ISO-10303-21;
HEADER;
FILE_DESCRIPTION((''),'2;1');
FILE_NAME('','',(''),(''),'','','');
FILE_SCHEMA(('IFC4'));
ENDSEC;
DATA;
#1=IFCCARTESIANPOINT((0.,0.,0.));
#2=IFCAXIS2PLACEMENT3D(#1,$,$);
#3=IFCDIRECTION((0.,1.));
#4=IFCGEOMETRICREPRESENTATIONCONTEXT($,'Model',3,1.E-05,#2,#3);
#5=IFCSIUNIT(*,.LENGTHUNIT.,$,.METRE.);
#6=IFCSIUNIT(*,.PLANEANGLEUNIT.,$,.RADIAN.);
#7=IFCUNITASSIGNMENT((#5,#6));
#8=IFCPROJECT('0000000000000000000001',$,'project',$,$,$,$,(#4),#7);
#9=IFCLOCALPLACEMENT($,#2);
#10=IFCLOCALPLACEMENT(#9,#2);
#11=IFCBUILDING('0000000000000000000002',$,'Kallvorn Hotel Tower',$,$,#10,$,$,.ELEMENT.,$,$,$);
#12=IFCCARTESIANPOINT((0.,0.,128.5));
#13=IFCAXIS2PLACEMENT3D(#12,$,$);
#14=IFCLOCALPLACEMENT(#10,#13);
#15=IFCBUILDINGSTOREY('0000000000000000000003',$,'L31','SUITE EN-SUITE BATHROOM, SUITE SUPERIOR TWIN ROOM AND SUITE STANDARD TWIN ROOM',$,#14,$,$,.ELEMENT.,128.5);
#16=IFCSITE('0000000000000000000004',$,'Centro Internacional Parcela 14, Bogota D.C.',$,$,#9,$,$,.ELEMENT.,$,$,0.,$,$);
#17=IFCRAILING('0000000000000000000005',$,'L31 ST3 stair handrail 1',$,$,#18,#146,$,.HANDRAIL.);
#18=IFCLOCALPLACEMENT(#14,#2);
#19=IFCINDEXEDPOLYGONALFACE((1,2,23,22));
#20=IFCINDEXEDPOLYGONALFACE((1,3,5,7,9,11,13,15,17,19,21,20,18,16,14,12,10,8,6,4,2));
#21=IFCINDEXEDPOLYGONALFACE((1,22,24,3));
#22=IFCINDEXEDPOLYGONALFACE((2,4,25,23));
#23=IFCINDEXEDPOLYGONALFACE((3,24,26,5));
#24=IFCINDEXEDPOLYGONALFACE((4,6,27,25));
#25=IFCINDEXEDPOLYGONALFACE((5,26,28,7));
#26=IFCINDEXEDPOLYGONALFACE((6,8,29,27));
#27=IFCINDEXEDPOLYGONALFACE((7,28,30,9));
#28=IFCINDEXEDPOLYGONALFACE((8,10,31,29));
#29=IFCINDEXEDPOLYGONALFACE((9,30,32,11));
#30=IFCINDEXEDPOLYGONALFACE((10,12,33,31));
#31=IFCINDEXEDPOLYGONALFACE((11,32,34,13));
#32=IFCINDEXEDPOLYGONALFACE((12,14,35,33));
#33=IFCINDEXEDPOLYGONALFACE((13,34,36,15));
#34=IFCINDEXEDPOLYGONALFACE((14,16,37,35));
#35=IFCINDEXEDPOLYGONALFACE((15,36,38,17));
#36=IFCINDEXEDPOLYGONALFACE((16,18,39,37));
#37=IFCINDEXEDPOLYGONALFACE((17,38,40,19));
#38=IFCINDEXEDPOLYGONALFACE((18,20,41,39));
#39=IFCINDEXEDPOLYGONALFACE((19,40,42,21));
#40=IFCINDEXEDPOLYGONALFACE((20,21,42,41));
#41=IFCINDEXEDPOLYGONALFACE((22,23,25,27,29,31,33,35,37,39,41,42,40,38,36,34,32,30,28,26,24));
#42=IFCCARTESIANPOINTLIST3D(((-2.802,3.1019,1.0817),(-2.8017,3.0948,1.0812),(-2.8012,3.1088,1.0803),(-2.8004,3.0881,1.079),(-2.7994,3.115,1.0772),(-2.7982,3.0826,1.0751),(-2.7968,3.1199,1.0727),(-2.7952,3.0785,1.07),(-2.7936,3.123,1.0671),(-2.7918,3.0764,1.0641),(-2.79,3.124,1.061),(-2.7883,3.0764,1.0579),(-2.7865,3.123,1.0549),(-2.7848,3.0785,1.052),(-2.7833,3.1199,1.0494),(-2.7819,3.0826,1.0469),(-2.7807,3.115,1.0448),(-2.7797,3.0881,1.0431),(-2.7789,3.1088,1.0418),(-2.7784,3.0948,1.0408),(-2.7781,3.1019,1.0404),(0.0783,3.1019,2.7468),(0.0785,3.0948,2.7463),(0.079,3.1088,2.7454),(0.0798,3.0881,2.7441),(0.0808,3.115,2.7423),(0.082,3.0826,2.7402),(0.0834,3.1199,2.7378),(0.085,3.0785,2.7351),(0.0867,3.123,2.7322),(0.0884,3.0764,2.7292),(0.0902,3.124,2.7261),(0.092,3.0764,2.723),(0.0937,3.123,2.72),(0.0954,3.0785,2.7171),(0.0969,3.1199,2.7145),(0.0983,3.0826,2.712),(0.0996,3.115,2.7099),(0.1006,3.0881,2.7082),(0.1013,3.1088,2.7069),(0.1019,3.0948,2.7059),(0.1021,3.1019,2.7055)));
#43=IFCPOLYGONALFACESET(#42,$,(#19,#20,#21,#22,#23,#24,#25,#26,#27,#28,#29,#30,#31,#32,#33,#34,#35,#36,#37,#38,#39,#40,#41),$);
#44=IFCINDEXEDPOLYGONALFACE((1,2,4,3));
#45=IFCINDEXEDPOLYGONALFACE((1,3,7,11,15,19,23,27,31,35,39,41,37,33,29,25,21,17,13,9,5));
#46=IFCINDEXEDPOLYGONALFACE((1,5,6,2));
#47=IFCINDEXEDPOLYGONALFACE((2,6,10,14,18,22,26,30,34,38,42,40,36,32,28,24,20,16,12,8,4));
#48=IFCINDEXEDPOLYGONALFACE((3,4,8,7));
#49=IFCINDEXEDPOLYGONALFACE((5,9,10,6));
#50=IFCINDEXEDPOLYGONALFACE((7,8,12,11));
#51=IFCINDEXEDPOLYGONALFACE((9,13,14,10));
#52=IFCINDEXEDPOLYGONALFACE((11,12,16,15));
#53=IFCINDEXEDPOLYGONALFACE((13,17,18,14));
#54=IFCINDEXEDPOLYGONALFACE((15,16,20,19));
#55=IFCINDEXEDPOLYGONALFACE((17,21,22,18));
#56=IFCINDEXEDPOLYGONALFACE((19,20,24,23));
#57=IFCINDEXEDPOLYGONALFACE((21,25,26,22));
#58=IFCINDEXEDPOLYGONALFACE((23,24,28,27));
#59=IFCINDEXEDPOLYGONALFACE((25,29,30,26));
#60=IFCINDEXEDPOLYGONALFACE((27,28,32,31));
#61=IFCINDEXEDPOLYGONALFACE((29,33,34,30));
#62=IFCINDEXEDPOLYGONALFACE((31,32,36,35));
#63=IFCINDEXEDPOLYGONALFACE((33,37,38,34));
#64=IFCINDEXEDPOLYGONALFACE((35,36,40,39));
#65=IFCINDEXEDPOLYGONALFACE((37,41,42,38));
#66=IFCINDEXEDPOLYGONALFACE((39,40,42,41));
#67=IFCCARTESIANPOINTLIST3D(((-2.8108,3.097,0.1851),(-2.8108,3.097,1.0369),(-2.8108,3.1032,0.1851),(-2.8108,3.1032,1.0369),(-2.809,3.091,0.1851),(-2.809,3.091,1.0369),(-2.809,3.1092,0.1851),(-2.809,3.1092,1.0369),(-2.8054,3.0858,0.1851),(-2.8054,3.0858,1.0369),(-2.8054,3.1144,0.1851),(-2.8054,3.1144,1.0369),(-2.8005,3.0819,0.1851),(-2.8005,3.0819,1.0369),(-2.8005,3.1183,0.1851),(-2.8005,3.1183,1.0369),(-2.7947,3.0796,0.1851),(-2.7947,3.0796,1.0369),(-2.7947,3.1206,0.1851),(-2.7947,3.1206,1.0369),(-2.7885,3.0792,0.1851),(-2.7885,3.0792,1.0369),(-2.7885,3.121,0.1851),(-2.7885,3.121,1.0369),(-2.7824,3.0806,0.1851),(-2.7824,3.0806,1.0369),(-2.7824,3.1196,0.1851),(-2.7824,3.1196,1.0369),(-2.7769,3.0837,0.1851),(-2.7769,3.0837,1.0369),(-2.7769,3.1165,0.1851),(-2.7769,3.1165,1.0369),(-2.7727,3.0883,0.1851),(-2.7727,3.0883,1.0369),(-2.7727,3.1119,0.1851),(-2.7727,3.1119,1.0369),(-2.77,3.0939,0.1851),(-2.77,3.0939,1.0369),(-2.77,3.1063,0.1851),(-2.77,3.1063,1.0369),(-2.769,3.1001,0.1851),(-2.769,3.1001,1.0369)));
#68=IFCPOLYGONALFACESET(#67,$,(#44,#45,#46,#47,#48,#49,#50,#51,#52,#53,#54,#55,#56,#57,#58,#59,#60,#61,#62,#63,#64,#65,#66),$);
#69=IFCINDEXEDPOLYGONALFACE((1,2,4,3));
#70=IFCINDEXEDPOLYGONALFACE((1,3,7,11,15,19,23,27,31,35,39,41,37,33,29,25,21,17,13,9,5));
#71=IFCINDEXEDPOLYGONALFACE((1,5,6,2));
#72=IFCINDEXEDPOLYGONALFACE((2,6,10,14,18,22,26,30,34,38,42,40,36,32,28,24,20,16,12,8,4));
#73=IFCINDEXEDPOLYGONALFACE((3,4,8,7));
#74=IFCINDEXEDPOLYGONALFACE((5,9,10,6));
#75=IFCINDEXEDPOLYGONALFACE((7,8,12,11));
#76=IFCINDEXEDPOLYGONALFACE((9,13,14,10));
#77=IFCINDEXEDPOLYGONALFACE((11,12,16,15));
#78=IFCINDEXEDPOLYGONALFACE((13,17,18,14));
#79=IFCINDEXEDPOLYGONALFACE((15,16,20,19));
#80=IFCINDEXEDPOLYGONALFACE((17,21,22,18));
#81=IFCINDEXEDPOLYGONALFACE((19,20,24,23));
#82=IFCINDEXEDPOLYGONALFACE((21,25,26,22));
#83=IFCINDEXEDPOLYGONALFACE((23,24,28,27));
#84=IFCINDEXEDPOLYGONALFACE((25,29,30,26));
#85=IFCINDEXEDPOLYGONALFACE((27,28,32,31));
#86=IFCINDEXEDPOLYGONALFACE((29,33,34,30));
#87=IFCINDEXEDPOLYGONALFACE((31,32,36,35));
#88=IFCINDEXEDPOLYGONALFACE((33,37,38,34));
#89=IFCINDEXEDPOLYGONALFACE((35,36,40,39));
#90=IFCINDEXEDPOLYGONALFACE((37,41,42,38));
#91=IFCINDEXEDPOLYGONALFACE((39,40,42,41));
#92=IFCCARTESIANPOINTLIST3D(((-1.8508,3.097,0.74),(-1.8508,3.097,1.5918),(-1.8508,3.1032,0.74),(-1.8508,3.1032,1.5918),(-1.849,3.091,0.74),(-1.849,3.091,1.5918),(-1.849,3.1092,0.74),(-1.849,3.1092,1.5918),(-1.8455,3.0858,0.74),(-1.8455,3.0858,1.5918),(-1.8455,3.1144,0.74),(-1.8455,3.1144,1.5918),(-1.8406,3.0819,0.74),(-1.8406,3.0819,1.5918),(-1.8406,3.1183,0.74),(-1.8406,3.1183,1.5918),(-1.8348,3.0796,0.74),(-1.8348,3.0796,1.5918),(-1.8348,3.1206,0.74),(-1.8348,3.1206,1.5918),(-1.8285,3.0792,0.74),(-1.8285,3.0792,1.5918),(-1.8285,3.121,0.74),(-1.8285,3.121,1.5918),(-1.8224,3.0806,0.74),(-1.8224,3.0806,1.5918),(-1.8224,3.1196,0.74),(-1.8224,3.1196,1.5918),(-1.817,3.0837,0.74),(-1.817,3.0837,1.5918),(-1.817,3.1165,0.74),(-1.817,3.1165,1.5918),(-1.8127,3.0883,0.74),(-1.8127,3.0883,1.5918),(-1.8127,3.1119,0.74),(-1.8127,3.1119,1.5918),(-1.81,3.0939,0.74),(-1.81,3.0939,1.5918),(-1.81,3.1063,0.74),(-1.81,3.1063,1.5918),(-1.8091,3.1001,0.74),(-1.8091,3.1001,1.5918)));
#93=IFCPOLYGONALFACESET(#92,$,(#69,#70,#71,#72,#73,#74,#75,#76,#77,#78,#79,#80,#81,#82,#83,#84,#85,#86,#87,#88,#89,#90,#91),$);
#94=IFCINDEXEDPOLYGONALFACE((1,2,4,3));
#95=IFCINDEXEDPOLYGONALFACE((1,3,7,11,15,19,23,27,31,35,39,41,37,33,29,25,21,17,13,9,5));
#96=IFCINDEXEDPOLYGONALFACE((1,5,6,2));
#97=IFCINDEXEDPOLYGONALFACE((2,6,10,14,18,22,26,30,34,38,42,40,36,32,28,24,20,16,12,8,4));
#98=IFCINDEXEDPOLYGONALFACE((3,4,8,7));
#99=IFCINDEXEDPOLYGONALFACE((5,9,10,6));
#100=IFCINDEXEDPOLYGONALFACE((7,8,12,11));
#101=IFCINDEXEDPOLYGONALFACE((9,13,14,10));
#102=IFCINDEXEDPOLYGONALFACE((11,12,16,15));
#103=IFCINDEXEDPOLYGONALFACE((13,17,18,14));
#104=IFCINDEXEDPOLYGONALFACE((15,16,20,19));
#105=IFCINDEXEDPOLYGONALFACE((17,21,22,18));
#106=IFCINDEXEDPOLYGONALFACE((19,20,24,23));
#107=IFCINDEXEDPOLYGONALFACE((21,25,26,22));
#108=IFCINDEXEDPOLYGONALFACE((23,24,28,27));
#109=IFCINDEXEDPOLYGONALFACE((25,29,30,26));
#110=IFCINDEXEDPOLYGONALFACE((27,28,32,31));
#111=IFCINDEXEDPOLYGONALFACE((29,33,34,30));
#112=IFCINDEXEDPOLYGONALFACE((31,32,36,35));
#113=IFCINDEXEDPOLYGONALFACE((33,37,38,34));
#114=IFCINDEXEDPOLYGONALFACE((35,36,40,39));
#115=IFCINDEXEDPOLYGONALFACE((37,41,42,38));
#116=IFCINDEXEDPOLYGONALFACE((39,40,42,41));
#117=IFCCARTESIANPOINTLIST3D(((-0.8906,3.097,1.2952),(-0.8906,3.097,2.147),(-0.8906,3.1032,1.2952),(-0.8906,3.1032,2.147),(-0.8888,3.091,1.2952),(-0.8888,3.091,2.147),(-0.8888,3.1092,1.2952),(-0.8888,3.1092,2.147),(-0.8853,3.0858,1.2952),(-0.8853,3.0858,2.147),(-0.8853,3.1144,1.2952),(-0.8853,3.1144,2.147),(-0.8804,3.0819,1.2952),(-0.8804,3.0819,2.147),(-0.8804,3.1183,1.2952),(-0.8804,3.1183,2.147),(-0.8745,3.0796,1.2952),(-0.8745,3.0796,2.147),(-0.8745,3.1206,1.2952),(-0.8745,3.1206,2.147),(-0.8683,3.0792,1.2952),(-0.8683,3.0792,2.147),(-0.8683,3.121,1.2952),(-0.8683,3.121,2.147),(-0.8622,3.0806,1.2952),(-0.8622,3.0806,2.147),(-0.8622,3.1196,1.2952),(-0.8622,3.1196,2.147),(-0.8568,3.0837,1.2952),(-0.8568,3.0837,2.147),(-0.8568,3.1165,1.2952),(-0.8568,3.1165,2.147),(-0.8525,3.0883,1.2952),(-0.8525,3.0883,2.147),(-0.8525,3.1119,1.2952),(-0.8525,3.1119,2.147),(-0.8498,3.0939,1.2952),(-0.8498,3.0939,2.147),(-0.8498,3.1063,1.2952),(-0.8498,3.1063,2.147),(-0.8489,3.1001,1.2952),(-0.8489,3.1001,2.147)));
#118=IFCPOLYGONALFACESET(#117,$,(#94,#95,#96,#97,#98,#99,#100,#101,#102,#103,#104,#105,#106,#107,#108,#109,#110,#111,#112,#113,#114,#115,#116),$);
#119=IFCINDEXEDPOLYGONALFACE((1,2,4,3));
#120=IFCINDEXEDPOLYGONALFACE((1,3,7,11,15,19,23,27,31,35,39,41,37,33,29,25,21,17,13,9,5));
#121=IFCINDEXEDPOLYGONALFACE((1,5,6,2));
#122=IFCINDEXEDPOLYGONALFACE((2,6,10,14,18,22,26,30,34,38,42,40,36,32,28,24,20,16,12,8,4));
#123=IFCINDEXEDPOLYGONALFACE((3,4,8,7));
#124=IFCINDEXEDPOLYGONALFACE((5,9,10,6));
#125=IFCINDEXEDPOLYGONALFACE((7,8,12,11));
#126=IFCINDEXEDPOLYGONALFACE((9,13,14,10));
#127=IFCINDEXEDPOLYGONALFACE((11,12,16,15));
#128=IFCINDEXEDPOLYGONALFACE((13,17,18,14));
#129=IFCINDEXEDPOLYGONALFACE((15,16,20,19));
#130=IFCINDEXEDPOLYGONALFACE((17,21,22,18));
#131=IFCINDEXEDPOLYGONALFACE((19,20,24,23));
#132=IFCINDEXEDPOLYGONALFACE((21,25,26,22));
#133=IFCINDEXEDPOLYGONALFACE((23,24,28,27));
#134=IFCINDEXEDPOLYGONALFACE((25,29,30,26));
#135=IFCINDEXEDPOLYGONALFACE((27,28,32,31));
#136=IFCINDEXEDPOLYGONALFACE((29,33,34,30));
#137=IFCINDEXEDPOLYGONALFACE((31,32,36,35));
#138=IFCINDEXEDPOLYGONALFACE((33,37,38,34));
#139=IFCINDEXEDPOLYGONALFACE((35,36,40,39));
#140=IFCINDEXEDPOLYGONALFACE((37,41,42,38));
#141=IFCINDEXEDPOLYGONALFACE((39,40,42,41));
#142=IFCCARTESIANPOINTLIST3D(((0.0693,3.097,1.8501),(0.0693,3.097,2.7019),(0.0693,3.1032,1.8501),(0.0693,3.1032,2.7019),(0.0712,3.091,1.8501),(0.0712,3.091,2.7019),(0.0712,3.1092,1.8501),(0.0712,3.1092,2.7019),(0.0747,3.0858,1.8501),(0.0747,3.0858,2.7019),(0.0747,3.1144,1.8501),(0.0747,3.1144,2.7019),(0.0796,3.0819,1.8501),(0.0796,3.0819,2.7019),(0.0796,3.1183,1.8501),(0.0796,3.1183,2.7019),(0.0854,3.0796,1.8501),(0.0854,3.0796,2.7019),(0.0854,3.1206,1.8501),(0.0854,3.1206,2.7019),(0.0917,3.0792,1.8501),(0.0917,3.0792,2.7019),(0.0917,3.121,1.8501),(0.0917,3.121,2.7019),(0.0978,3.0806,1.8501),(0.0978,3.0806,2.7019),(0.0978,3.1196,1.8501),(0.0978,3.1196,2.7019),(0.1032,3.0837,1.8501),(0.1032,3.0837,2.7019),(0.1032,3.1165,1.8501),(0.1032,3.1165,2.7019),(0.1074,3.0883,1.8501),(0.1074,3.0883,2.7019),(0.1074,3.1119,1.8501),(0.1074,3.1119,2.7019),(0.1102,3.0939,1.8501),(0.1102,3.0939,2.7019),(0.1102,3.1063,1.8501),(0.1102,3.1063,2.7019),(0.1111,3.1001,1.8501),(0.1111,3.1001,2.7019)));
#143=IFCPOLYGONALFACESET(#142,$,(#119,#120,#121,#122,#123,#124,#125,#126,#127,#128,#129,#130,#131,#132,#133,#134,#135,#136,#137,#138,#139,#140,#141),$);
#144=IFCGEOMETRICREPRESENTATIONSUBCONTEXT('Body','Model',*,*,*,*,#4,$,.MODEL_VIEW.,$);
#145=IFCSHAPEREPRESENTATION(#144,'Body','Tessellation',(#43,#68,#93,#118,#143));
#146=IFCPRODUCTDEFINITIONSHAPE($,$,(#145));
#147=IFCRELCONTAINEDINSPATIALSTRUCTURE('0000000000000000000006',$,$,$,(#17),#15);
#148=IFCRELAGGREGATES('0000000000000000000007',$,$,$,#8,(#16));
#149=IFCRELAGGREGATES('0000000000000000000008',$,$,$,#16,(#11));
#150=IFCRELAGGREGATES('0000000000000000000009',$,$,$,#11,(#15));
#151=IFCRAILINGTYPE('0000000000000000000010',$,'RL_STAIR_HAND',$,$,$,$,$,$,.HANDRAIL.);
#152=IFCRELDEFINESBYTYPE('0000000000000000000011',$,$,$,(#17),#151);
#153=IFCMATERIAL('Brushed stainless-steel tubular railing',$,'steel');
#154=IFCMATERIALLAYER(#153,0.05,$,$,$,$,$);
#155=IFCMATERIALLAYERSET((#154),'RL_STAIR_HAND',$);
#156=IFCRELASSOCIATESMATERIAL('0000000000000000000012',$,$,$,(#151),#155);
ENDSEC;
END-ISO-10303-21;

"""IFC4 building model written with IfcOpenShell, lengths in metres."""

from ifc_helpers import new_model, si_unit, direction, frame, origin, origin_2d, place, context, subcontext, project, spatial, circle, extrude, material, layer, layer_set, type_object, element, save


model = new_model("IFC4")

# Units and contexts
model_context = context("Model", 3, precision=1e-05, world=origin(), true_north=direction((0.0, 1.0)))
body_context = subcontext(model_context, "Body", "Model", "MODEL_VIEW")
ifc_project = project(units=[si_unit("LENGTHUNIT", "METRE"), si_unit("PLANEANGLEUNIT", "RADIAN")], contexts=[model_context])

# Site, building, storey
site_placement = place(None, origin())
site = spatial("IfcSite", under=ifc_project, at=site_placement, Name="Centro Internacional Parcela 14, Bogota D.C.", CompositionType="ELEMENT", RefElevation=0.0)
building_placement = place(site_placement, origin())
building = spatial("IfcBuilding", under=site, at=building_placement, Name="Kallvorn Hotel Tower", CompositionType="ELEMENT")
storey_placement = place(building_placement, frame((0.0, 0.0, 128.5)))
storey = spatial("IfcBuildingStorey", under=building, at=storey_placement, Name="L31", Description="SUITE EN-SUITE BATHROOM, SUITE SUPERIOR TWIN ROOM AND SUITE STANDARD TWIN ROOM", CompositionType="ELEMENT", Elevation=128.5)

# Railing
ifc_material_1 = material(Name="Brushed stainless-steel tubular railing", Category="steel")
ifc_layer_1 = layer(ifc_material_1, 0.05)
ifc_layer_set_1 = layer_set([ifc_layer_1], Name="RL_STAIR_HAND")
railing_type_1 = type_object("IfcRailingType", Name="RL_STAIR_HAND", PredefinedType="HANDRAIL", material=ifc_layer_set_1)
railing_1_placement = place(storey_placement, frame((-2.79, 3.1001, 0.1851)))
element("IfcRailing", 1, at=railing_1_placement, inside=storey, type_object=railing_type_1, Name="L31 ST3 stair handrail 1", PredefinedType="HANDRAIL", context=body_context, shape_type="SweptSolid", body=[
    extrude(circle(Radius=0.0239, at=origin_2d()), frame((0.0, 0.0, 0.876), z_axis=(0.865739, 0.0, 0.500495), x_axis=(0.0, 1.0, 0.0)), (0.0, 0.0, 1.0), 3.3269),
    extrude(circle(Radius=0.021, at=origin_2d()), origin(), (0.0, 0.0, 1.0), 0.8518),
    extrude(circle(Radius=0.021, at=origin_2d()), frame((0.96, 0.0, 0.5549)), (0.0, 0.0, 1.0), 0.8518),
    extrude(circle(Radius=0.021, at=origin_2d()), frame((1.9202, 0.0, 1.1101)), (0.0, 0.0, 1.0), 0.8518),
    extrude(circle(Radius=0.021, at=origin_2d()), frame((2.8801, 0.0, 1.665)), (0.0, 0.0, 1.0), 0.8518),
])

save(model, "model.ifc")
